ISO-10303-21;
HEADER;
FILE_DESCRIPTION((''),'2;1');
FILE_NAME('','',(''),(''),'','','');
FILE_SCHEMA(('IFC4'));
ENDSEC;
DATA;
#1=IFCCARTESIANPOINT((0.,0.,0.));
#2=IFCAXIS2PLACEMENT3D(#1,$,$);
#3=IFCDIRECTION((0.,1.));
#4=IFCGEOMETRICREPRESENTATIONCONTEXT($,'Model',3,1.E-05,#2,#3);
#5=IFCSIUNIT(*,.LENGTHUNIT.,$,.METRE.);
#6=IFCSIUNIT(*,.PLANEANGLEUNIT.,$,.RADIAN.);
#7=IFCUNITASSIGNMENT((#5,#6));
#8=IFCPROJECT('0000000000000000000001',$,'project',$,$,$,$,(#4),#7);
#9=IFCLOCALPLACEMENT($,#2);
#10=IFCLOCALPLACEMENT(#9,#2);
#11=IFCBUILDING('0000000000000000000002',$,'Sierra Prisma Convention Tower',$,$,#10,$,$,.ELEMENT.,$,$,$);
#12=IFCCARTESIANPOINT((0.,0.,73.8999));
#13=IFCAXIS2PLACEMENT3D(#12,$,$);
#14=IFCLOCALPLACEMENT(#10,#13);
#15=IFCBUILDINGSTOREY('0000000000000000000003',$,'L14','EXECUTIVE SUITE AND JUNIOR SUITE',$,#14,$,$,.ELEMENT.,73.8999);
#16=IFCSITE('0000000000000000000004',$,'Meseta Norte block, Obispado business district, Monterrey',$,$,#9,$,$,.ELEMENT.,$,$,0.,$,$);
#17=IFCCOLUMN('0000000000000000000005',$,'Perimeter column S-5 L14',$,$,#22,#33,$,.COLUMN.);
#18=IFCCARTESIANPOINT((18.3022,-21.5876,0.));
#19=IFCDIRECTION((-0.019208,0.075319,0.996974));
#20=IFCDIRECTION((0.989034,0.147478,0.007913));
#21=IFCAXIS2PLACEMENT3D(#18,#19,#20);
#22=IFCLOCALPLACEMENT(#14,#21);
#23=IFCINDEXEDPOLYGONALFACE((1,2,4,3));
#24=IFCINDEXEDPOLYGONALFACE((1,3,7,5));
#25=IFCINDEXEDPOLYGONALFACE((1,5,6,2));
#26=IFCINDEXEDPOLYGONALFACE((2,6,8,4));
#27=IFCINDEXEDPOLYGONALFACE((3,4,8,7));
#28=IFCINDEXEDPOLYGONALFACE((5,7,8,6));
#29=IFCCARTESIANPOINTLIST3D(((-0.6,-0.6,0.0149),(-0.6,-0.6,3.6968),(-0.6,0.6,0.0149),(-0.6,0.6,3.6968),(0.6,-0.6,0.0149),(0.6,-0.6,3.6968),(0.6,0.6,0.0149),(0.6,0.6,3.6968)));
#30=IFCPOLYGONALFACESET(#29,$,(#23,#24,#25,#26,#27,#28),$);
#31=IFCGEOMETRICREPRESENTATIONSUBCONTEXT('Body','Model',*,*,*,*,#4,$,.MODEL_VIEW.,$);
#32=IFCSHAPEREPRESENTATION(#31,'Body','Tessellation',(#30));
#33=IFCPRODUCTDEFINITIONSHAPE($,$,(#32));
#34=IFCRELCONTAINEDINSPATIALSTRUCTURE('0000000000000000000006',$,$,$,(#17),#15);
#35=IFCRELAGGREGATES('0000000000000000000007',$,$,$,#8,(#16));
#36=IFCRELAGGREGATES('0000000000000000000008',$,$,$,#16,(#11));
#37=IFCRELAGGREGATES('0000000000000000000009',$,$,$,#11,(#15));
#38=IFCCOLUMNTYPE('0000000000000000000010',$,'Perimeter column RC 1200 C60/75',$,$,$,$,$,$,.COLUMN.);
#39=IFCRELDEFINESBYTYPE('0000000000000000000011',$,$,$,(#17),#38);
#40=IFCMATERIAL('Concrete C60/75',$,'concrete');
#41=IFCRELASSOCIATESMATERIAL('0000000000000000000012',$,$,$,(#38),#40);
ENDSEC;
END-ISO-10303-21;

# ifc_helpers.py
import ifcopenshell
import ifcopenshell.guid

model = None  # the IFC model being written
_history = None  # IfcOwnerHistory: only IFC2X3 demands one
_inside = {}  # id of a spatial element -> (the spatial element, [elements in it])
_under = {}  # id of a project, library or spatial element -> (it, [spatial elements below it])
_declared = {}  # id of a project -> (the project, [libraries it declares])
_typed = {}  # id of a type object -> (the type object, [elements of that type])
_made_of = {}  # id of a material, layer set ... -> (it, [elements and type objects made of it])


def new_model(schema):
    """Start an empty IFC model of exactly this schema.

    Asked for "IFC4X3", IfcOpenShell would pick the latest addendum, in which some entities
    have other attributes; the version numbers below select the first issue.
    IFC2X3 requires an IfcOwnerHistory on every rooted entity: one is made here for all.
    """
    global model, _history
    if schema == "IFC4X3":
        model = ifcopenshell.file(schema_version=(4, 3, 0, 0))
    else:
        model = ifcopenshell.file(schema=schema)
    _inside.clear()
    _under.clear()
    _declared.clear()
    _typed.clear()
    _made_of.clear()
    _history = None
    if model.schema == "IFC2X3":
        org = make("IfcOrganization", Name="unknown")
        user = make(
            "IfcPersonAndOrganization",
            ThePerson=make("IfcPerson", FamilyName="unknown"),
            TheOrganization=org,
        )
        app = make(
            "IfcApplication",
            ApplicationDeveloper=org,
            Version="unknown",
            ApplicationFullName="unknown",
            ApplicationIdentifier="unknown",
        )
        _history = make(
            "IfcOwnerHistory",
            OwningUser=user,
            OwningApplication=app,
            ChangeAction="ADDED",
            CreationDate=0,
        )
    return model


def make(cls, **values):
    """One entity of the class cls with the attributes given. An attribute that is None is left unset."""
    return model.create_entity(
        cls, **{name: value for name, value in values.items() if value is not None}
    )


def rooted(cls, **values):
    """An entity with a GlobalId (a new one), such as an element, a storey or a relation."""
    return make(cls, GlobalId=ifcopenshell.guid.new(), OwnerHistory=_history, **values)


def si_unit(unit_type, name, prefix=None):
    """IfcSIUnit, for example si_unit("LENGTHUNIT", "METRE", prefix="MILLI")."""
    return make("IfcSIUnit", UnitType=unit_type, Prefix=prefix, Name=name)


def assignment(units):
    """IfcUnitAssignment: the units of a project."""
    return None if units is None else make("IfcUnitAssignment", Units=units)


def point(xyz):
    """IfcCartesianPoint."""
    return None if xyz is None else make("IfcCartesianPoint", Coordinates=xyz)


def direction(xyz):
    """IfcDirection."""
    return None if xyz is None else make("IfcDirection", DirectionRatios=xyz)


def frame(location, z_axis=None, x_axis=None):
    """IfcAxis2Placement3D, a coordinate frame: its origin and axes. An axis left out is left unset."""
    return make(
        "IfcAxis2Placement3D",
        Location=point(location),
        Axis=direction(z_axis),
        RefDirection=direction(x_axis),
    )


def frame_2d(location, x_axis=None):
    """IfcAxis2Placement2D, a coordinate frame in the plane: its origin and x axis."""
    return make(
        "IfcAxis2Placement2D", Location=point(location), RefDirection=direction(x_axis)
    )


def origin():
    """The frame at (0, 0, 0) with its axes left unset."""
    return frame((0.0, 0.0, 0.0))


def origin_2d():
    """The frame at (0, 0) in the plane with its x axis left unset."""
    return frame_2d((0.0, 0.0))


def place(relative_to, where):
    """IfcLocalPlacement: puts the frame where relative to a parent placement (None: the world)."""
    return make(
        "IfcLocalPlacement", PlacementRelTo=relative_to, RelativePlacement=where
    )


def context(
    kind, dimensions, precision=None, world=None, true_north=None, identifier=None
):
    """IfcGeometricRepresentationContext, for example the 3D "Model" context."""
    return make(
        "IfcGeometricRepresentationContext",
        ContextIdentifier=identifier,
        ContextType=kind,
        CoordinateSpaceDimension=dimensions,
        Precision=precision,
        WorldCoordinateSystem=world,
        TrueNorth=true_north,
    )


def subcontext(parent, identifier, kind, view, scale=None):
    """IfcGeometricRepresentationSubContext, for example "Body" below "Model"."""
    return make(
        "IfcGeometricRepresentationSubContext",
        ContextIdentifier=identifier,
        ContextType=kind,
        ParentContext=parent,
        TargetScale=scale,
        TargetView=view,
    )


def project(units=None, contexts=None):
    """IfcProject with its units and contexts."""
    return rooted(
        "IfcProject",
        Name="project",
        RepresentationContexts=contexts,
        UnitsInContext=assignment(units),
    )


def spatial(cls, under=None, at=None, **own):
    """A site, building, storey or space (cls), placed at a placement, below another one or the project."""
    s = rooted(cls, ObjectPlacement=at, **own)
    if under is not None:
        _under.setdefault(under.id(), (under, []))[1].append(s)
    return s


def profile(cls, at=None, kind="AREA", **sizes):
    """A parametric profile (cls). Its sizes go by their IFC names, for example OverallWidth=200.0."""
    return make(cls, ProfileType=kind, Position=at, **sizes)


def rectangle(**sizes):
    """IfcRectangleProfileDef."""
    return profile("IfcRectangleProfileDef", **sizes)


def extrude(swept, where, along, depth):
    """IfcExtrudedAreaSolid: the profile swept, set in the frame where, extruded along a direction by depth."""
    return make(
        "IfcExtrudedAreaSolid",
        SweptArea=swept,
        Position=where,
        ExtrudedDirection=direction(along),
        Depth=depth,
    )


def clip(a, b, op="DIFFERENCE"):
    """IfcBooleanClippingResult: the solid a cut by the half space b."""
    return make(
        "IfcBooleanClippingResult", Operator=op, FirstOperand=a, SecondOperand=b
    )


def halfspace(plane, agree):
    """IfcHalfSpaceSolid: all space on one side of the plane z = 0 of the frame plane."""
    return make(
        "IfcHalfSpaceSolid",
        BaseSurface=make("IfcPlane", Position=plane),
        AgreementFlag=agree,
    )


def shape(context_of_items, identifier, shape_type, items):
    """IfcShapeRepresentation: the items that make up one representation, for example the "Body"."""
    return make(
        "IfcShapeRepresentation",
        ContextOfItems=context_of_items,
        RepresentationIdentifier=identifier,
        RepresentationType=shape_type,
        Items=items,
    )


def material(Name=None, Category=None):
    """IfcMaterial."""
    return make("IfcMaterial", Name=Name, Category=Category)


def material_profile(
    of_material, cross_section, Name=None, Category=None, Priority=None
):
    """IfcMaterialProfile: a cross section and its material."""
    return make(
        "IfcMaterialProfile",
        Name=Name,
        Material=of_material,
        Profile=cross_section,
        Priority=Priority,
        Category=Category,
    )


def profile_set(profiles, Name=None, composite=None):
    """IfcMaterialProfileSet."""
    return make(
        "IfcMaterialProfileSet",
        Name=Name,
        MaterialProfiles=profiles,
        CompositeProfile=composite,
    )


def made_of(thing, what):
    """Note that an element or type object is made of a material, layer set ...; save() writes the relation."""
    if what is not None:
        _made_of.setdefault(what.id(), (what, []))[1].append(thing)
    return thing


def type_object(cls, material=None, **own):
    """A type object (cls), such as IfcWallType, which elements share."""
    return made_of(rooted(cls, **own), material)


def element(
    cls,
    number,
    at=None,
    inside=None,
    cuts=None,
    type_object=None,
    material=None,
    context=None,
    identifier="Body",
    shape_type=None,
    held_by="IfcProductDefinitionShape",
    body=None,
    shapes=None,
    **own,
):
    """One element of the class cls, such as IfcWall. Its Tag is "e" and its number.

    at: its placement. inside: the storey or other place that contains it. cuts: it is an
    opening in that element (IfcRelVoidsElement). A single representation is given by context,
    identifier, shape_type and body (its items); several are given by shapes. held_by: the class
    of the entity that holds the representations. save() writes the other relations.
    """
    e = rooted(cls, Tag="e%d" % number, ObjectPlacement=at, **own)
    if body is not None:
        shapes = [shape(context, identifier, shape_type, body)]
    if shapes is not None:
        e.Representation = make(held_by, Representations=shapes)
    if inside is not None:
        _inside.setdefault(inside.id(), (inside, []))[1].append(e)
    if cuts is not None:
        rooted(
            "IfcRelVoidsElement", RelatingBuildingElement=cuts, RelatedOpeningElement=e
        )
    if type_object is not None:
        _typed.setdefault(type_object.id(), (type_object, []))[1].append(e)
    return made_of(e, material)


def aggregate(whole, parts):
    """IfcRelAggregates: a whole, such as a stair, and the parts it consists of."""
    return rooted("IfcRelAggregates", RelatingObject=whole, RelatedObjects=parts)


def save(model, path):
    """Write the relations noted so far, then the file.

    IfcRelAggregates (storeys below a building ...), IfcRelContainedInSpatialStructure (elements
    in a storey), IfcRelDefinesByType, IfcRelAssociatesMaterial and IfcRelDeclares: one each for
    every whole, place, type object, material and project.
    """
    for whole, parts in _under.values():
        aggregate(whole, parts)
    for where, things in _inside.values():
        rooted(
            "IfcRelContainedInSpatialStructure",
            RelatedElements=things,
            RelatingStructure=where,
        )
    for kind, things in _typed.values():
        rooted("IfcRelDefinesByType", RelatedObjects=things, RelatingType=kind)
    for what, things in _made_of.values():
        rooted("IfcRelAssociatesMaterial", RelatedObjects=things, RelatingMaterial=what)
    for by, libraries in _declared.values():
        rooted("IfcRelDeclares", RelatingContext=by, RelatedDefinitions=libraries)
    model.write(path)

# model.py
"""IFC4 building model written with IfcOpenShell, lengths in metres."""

from ifc_helpers import new_model, si_unit, direction, frame, origin, origin_2d, place, context, subcontext, project, spatial, rectangle, extrude, clip, halfspace, material, material_profile, profile_set, type_object, element, save


model = new_model("IFC4")

# Units and contexts
model_context = context("Model", 3, precision=1e-05, world=origin(), true_north=direction((0.0, 1.0)))
body_context = subcontext(model_context, "Body", "Model", "MODEL_VIEW")
ifc_project = project(units=[si_unit("LENGTHUNIT", "METRE"), si_unit("PLANEANGLEUNIT", "RADIAN")], contexts=[model_context])

# Site, building, storey
site_placement = place(None, origin())
site = spatial("IfcSite", under=ifc_project, at=site_placement, Name="Meseta Norte block, Obispado business district, Monterrey", CompositionType="ELEMENT", RefElevation=0.0)
building_placement = place(site_placement, origin())
building = spatial("IfcBuilding", under=site, at=building_placement, Name="Sierra Prisma Convention Tower", CompositionType="ELEMENT")
storey_placement = place(building_placement, frame((0.0, 0.0, 73.8999)))
storey = spatial("IfcBuildingStorey", under=building, at=storey_placement, Name="L14", Description="EXECUTIVE SUITE AND JUNIOR SUITE", CompositionType="ELEMENT", Elevation=73.8999)

# Column
ifc_material_1 = material(Name="Concrete C60/75", Category="concrete")
ifc_material_profile_1 = material_profile(ifc_material_1, rectangle(XDim=1.2, YDim=1.2, at=origin_2d()), Name="Perimeter column RC 1200 C60/75")
ifc_profile_set_1 = profile_set([ifc_material_profile_1], Name="Concrete C60/75")
column_type = type_object("IfcColumnType", Name="Perimeter column RC 1200 C60/75", PredefinedType="COLUMN", material=ifc_profile_set_1)
column_placement = place(storey_placement, frame((18.3022, -21.5876, 0.0), z_axis=(-0.019208, 0.075319, 0.996974), x_axis=(0.989034, 0.147478, 0.007913)))
element("IfcColumn", 1, at=column_placement, inside=storey, type_object=column_type, Name="Perimeter column S-5 L14", PredefinedType="COLUMN", context=body_context, shape_type="SweptSolid", body=[
    clip(clip(extrude(rectangle(XDim=1.2, YDim=1.2, at=origin_2d()), origin(), (0.0, 0.0, 1.0), 3.7114), halfspace(frame((0.0, 0.0, 0.0149)), True)), halfspace(frame((0.0, 0.0, 3.6968)), False)),
])

save(model, "model.ifc")
